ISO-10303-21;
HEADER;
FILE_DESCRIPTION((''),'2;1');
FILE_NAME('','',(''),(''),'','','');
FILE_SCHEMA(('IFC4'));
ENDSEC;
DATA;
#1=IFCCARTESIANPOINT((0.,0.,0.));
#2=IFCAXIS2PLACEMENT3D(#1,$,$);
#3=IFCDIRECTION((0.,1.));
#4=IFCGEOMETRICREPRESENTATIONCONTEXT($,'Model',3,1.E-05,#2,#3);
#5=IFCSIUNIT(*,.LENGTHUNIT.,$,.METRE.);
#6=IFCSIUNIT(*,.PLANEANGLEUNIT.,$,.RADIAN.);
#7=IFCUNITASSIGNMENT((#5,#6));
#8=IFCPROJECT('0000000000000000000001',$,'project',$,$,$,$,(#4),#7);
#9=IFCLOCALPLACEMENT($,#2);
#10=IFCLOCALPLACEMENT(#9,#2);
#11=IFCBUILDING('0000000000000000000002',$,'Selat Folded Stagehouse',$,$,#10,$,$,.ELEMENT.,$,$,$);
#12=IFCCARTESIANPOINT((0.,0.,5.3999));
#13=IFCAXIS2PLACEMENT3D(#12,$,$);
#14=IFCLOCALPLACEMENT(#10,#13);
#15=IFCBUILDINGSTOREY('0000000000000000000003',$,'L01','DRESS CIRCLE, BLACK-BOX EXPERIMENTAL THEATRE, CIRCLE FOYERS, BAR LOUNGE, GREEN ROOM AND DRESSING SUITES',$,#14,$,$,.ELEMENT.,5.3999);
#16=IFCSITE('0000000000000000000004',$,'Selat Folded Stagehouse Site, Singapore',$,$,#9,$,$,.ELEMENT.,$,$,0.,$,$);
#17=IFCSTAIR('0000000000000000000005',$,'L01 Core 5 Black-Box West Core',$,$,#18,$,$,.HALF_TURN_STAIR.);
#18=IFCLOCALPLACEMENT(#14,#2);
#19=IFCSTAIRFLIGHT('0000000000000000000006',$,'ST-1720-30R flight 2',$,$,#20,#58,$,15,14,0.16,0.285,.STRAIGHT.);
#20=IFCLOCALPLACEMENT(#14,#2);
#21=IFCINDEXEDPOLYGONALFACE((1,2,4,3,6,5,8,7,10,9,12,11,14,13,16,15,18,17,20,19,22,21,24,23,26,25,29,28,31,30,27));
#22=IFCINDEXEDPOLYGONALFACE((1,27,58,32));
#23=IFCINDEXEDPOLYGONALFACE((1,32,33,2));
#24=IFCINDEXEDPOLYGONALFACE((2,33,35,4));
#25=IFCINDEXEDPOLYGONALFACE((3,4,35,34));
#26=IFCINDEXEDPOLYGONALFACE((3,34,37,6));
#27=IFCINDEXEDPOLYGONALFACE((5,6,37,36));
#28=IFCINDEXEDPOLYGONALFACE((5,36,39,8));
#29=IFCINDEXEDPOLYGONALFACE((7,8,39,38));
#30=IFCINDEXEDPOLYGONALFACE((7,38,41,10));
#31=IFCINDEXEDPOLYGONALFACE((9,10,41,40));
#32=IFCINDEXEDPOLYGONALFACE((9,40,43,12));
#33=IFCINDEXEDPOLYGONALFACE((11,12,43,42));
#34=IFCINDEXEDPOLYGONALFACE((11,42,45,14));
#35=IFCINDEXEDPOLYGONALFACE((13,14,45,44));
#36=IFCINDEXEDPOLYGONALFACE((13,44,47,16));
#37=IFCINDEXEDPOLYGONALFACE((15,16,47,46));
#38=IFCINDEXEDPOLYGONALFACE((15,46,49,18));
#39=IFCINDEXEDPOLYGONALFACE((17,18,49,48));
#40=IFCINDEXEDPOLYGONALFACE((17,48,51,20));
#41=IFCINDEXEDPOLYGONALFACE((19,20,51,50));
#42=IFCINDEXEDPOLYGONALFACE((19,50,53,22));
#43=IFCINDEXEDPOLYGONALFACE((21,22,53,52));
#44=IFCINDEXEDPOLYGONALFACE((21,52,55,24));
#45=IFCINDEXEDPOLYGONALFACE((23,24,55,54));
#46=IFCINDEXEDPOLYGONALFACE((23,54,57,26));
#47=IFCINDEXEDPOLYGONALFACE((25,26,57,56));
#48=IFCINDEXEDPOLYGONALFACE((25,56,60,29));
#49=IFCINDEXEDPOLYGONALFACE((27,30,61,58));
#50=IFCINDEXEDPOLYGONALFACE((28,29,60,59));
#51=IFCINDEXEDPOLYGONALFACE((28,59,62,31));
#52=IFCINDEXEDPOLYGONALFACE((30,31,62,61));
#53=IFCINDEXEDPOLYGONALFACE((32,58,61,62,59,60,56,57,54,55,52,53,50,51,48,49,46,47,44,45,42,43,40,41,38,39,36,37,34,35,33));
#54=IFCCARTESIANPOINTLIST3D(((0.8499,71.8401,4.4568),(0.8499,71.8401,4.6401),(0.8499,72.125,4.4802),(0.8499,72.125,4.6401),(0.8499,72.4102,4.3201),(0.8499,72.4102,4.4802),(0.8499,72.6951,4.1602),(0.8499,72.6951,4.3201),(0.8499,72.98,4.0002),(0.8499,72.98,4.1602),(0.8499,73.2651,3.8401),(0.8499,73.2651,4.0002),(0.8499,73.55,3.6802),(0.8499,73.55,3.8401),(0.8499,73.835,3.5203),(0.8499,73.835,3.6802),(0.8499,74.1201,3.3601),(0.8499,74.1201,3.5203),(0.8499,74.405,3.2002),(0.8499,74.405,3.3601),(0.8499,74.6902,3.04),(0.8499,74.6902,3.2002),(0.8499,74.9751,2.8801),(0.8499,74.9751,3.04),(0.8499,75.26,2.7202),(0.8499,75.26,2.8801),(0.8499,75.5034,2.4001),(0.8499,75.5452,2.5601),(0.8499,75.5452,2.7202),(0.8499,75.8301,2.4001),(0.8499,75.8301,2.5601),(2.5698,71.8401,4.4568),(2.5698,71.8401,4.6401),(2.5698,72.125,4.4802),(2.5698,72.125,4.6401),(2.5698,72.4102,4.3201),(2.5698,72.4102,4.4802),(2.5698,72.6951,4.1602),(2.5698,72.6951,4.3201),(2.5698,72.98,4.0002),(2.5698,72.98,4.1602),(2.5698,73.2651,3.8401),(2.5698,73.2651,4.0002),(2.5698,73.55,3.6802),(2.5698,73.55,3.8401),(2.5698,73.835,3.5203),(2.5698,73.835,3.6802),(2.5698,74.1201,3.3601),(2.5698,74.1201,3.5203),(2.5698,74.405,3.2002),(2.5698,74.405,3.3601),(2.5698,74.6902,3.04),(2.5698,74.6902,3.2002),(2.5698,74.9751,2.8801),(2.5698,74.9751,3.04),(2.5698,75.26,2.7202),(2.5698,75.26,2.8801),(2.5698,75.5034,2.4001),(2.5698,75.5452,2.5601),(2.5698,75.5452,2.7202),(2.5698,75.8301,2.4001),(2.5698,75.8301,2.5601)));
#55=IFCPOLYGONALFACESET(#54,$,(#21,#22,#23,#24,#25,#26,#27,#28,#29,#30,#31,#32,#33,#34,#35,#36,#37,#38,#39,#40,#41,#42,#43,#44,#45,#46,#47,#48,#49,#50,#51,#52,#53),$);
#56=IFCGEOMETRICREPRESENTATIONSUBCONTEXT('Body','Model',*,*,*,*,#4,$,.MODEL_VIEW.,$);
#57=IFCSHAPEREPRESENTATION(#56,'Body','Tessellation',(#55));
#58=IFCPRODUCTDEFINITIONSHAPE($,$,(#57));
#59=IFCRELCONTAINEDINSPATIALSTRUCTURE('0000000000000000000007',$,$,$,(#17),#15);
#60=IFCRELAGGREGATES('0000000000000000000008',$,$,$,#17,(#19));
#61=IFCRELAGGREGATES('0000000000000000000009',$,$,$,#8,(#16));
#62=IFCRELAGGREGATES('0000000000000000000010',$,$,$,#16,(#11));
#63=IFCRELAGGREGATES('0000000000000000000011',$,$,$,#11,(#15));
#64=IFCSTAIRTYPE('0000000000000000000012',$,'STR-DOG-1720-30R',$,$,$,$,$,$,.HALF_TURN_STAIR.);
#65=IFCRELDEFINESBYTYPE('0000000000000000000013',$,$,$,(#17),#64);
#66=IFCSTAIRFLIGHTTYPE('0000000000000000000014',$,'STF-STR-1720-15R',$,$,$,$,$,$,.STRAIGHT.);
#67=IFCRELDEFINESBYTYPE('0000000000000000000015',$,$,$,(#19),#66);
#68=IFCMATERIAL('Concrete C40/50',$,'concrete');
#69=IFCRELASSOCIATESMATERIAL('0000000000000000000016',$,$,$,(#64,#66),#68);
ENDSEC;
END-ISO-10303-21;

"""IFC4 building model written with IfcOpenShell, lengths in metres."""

from ifc_helpers import new_model, si_unit, direction, frame, origin, place, context, subcontext, project, spatial, polyline, outline, extrude, material, type_object, element, aggregate, save


model = new_model("IFC4")

# Units and contexts
model_context = context("Model", 3, precision=1e-05, world=origin(), true_north=direction((0.0, 1.0)))
body_context = subcontext(model_context, "Body", "Model", "MODEL_VIEW")
ifc_project = project(units=[si_unit("LENGTHUNIT", "METRE"), si_unit("PLANEANGLEUNIT", "RADIAN")], contexts=[model_context])

# Site, building, storey
site_placement = place(None, origin())
site = spatial("IfcSite", under=ifc_project, at=site_placement, Name="Selat Folded Stagehouse Site, Singapore", CompositionType="ELEMENT", RefElevation=0.0)
building_placement = place(site_placement, origin())
building = spatial("IfcBuilding", under=site, at=building_placement, Name="Selat Folded Stagehouse", CompositionType="ELEMENT")
storey_placement = place(building_placement, frame((0.0, 0.0, 5.3999)))
storey = spatial("IfcBuildingStorey", under=building, at=storey_placement, Name="L01", Description="DRESS CIRCLE, BLACK-BOX EXPERIMENTAL THEATRE, CIRCLE FOYERS, BAR LOUNGE, GREEN ROOM AND DRESSING SUITES", CompositionType="ELEMENT", Elevation=5.3999)

# Shared definitions
ifc_material_1 = material(Name="Concrete C40/50", Category="concrete")

# Stair, stair flight
stair_type = type_object("IfcStairType", Name="STR-DOG-1720-30R", PredefinedType="HALF_TURN_STAIR", material=ifc_material_1)
stair_placement = place(storey_placement, origin())
stair = element("IfcStair", 1, at=stair_placement, inside=storey, type_object=stair_type, Name="L01 Core 5 Black-Box West Core", PredefinedType="HALF_TURN_STAIR")
stair_flight_type = type_object("IfcStairFlightType", Name="STF-STR-1720-15R", PredefinedType="STRAIGHT", material=ifc_material_1)
stair_flight_1_placement = place(storey_placement, frame((1.71, 75.8301, 2.4001), z_axis=(0.0, 0.0, 1.0), x_axis=(0.0, -1.0, 0.0)))
stair_flight_1 = element("IfcStairFlight", 2, at=stair_flight_1_placement, type_object=stair_flight_type, Name="ST-1720-30R flight 2", NumberOfRisers=15, NumberOfTreads=14, PredefinedType="STRAIGHT", RiserHeight=0.16, TreadLength=0.285, context=body_context, shape_type="SweptSolid", body=[
    extrude(outline(polyline([(0.0, 0.0), (0.0, 0.1599), (0.2849, 0.1599), (0.2849, 0.3201), (0.5701, 0.3201), (0.5701, 0.48), (0.855, 0.48), (0.855, 0.6399), (1.1399, 0.6399), (1.1399, 0.8), (1.425, 0.8), (1.425, 0.96), (1.71, 0.96), (1.71, 1.1201), (1.9951, 1.1201), (1.9951, 1.28), (2.28, 1.28), (2.28, 1.4399), (2.5649, 1.4399), (2.5649, 1.6001), (2.8501, 1.6001), (2.8501, 1.76), (3.135, 1.76), (3.135, 1.9199), (3.4199, 1.9199), (3.4199, 2.0801), (3.7051, 2.0801), (3.7051, 2.24), (3.99, 2.24), (3.99, 2.3999), (3.99, 2.0566), (0.3267, 0.0), (0.0, 0.0)])), frame((0.0, 0.8599, 0.0), z_axis=(0.0, -1.0, 0.0), x_axis=(1.0, 0.0, 0.0)), (0.0, 0.0, 1.0), 1.72),
])
aggregate(stair, [stair_flight_1])

save(model, "model.ifc")
